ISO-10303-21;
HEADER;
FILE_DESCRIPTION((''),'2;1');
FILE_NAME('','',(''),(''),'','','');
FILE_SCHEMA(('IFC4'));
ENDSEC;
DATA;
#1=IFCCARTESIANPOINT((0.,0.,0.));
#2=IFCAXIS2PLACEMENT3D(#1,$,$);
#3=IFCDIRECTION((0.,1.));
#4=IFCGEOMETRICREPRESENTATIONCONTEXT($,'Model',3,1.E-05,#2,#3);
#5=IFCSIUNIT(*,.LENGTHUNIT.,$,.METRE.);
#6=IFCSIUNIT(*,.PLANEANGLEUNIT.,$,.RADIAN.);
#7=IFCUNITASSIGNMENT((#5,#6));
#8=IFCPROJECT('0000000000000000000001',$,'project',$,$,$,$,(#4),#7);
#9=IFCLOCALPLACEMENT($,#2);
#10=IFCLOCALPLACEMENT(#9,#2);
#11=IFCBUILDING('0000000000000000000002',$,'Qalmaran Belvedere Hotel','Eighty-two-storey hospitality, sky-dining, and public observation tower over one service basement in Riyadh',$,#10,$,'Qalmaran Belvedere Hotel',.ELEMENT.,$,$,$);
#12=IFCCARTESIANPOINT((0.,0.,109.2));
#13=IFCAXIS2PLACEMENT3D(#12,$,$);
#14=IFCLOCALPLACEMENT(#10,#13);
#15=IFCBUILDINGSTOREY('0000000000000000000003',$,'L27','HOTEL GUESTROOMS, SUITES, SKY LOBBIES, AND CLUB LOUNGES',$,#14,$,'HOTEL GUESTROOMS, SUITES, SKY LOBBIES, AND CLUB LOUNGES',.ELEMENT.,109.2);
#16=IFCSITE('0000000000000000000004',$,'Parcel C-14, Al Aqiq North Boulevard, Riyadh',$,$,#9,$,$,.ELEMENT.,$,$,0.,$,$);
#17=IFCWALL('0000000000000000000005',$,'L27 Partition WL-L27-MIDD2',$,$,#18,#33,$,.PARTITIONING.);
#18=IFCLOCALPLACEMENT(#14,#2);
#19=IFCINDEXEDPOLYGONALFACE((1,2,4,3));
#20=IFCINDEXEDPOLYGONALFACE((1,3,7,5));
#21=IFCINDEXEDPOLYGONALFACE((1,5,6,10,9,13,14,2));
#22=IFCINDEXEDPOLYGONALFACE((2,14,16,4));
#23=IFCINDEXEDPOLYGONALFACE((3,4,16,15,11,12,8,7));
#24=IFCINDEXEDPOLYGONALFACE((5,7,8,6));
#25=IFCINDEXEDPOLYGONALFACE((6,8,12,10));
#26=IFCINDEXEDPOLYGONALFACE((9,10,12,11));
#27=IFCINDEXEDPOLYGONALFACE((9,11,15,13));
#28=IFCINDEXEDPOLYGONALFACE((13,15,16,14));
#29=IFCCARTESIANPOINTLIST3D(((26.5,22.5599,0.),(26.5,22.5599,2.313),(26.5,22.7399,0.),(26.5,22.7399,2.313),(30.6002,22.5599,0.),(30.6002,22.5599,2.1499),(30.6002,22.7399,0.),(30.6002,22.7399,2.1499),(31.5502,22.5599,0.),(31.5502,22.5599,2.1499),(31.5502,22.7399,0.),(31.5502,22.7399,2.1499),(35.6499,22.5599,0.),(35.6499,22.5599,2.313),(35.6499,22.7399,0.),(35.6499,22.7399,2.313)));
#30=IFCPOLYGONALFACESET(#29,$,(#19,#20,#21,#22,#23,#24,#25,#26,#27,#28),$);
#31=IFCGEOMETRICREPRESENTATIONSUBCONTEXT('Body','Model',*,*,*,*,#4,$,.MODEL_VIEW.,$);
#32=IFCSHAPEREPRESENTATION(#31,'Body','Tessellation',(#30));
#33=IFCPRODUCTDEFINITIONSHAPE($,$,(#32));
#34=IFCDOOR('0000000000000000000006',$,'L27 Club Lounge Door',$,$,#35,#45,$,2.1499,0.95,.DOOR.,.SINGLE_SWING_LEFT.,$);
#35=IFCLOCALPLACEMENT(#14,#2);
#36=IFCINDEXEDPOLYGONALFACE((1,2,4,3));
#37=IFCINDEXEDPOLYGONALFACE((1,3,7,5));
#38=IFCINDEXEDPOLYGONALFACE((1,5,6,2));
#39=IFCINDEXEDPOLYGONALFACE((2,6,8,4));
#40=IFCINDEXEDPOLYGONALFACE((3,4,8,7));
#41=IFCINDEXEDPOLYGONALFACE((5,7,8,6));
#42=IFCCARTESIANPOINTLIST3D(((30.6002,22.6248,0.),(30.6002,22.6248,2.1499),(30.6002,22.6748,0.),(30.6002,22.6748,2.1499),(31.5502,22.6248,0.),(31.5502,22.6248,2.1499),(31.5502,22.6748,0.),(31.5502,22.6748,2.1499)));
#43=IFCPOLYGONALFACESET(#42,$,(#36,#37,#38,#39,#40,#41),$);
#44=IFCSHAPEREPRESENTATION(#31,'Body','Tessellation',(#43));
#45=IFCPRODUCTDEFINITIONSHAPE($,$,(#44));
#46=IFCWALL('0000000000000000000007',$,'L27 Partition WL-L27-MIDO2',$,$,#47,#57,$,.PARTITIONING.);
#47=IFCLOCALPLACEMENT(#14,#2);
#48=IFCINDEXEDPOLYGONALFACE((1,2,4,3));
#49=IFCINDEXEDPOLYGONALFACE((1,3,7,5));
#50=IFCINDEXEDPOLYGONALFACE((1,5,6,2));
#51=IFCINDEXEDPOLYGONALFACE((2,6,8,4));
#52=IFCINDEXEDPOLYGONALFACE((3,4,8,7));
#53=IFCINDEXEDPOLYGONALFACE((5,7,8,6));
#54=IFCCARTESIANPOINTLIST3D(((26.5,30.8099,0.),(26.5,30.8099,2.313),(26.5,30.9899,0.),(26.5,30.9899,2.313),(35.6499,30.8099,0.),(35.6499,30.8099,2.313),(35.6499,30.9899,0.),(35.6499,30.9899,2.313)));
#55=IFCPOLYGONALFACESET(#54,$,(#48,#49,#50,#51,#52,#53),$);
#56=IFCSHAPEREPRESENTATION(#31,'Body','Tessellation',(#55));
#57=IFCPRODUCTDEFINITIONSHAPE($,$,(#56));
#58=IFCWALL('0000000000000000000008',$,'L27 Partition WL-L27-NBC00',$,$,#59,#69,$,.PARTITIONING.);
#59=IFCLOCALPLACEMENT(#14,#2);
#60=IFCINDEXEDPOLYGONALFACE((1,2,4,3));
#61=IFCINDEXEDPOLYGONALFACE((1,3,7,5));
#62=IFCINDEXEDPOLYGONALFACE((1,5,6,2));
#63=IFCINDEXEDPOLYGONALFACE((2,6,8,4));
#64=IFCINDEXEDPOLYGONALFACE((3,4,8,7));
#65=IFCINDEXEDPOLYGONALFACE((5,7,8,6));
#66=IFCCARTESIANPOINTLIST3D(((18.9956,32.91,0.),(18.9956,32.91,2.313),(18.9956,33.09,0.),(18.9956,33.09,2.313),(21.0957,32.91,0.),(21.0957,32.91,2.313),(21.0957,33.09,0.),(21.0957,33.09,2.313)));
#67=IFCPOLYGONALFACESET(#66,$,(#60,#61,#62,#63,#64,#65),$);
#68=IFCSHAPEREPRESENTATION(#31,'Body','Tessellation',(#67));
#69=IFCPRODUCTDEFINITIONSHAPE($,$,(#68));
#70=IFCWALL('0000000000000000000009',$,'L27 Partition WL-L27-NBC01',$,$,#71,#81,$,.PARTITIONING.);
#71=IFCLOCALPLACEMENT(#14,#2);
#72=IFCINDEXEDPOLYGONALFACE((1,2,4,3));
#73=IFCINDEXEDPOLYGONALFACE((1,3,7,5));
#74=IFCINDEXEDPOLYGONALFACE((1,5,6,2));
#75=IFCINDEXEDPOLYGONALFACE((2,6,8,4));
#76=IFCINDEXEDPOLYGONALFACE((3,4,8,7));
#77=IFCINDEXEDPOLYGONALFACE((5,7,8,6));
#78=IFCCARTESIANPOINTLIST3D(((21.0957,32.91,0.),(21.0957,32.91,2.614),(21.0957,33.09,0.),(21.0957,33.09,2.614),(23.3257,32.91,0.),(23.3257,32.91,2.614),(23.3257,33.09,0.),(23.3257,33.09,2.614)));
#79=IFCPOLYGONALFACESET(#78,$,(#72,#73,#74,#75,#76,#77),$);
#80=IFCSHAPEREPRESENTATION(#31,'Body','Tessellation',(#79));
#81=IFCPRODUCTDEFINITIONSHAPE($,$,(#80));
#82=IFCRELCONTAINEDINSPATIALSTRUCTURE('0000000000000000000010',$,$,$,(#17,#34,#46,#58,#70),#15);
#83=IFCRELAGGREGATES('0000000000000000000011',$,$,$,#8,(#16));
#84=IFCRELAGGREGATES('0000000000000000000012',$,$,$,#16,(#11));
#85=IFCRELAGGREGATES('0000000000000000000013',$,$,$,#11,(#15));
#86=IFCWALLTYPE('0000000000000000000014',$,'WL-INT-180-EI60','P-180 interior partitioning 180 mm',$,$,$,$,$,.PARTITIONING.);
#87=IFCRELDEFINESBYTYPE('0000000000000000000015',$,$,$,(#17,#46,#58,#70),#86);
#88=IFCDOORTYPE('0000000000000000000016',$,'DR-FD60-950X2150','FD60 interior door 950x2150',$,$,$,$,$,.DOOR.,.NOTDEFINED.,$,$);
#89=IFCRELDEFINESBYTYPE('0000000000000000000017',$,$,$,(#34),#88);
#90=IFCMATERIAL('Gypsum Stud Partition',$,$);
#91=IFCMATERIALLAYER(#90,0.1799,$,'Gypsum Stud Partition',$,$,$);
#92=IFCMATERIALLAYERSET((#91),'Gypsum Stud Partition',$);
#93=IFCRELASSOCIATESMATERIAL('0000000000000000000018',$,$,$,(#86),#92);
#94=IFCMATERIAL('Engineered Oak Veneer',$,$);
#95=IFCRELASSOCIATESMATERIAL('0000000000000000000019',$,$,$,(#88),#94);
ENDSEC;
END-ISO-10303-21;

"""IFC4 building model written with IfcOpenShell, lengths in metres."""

from ifc_helpers import new_model, si_unit, direction, frame, frame_2d, origin, place, context, subcontext, project, spatial, rectangle, extrude, material, layer, layer_set, type_object, element, fill, save


model = new_model("IFC4")

# Units and contexts
model_context = context("Model", 3, precision=1e-05, world=origin(), true_north=direction((0.0, 1.0)))
body_context = subcontext(model_context, "Body", "Model", "MODEL_VIEW")
ifc_project = project(units=[si_unit("LENGTHUNIT", "METRE"), si_unit("PLANEANGLEUNIT", "RADIAN")], contexts=[model_context])

# Site, building, storey
site_placement = place(None, origin())
site = spatial("IfcSite", under=ifc_project, at=site_placement, Name="Parcel C-14, Al Aqiq North Boulevard, Riyadh", CompositionType="ELEMENT", RefElevation=0.0)
building_placement = place(site_placement, origin())
building = spatial("IfcBuilding", under=site, at=building_placement, Name="Qalmaran Belvedere Hotel", Description="Eighty-two-storey hospitality, sky-dining, and public observation tower over one service basement in Riyadh", LongName="Qalmaran Belvedere Hotel", CompositionType="ELEMENT")
storey_placement = place(building_placement, frame((0.0, 0.0, 109.2)))
storey = spatial("IfcBuildingStorey", under=building, at=storey_placement, Name="L27", Description="HOTEL GUESTROOMS, SUITES, SKY LOBBIES, AND CLUB LOUNGES", LongName="HOTEL GUESTROOMS, SUITES, SKY LOBBIES, AND CLUB LOUNGES", CompositionType="ELEMENT", Elevation=109.2)

# Shared definitions
ifc_material_1 = material(Name="Gypsum Stud Partition")
ifc_layer_1 = layer(ifc_material_1, 0.1799, Name="Gypsum Stud Partition")
ifc_layer_set_1 = layer_set([ifc_layer_1], Name="Gypsum Stud Partition")
wall_type_1 = type_object("IfcWallType", Name="WL-INT-180-EI60", Description="P-180 interior partitioning 180 mm", PredefinedType="PARTITIONING", material=ifc_layer_set_1)

# Wall, opening, door
wall_1_placement = place(storey_placement, frame((26.5, 22.6499, 0.0), z_axis=(0.0, 0.0, 1.0), x_axis=(1.0, 0.0, 0.0)))
wall_1 = element("IfcWall", 1, at=wall_1_placement, inside=storey, type_object=wall_type_1, Name="L27 Partition WL-L27-MIDD2", PredefinedType="PARTITIONING", context=body_context, shape_type="SweptSolid", body=[
    extrude(rectangle(XDim=9.1499, YDim=0.1799, at=frame_2d((4.575, 0.0))), origin(), (0.0, 0.0, 1.0), 2.313),
])
opening_placement = place(wall_1_placement, frame((4.1001, 0.0, 0.0)))
opening = element("IfcOpeningElement", 2, at=opening_placement, cuts=wall_1, PredefinedType="OPENING", context=body_context, shape_type="SweptSolid", body=[
    extrude(rectangle(XDim=0.95, YDim=2.1499, at=frame_2d((0.4751, 1.075))), frame((0.0, 0.1001, 0.0), z_axis=(0.0, -1.0, 0.0), x_axis=(1.0, 0.0, 0.0)), (0.0, 0.0, 1.0), 0.2),
])
ifc_material_2 = material(Name="Engineered Oak Veneer")
door_type = type_object("IfcDoorType", Name="DR-FD60-950X2150", Description="FD60 interior door 950x2150", OperationType="NOTDEFINED", PredefinedType="DOOR", material=ifc_material_2)
door_placement = place(opening_placement, origin())
door = element("IfcDoor", 3, at=door_placement, inside=storey, type_object=door_type, Name="L27 Club Lounge Door", OperationType="SINGLE_SWING_LEFT", OverallHeight=2.1499, OverallWidth=0.95, PredefinedType="DOOR", context=body_context, shape_type="SweptSolid", body=[
    extrude(rectangle(XDim=0.95, YDim=2.1499, at=frame_2d((0.4751, 1.075))), frame((0.0, 0.0249, 0.0), z_axis=(0.0, -1.0, 0.0), x_axis=(1.0, 0.0, 0.0)), (0.0, 0.0, 1.0), 0.05),
])
fill(opening, door)

# Walls
wall_2_placement = place(storey_placement, frame((26.5, 30.8999, 0.0), z_axis=(0.0, 0.0, 1.0), x_axis=(1.0, 0.0, 0.0)))
element("IfcWall", 4, at=wall_2_placement, inside=storey, type_object=wall_type_1, Name="L27 Partition WL-L27-MIDO2", PredefinedType="PARTITIONING", context=body_context, shape_type="SweptSolid", body=[
    extrude(rectangle(XDim=9.1499, YDim=0.1799, at=frame_2d((4.575, 0.0))), origin(), (0.0, 0.0, 1.0), 2.313),
])
wall_3_placement = place(storey_placement, frame((18.9956, 33.0, 0.0), z_axis=(0.0, 0.0, 1.0), x_axis=(1.0, 0.0, 0.0)))
element("IfcWall", 5, at=wall_3_placement, inside=storey, type_object=wall_type_1, Name="L27 Partition WL-L27-NBC00", PredefinedType="PARTITIONING", context=body_context, shape_type="SweptSolid", body=[
    extrude(rectangle(XDim=2.1001, YDim=0.1799, at=frame_2d((1.05, 0.0))), origin(), (0.0, 0.0, 1.0), 2.313),
])
wall_4_placement = place(storey_placement, frame((21.0957, 33.0, 0.0), z_axis=(0.0, 0.0, 1.0), x_axis=(1.0, 0.0, 0.0)))
element("IfcWall", 6, at=wall_4_placement, inside=storey, type_object=wall_type_1, Name="L27 Partition WL-L27-NBC01", PredefinedType="PARTITIONING", context=body_context, shape_type="SweptSolid", body=[
    extrude(rectangle(XDim=2.23, YDim=0.1799, at=frame_2d((1.115, 0.0))), origin(), (0.0, 0.0, 1.0), 2.614),
])

save(model, "model.ifc")
